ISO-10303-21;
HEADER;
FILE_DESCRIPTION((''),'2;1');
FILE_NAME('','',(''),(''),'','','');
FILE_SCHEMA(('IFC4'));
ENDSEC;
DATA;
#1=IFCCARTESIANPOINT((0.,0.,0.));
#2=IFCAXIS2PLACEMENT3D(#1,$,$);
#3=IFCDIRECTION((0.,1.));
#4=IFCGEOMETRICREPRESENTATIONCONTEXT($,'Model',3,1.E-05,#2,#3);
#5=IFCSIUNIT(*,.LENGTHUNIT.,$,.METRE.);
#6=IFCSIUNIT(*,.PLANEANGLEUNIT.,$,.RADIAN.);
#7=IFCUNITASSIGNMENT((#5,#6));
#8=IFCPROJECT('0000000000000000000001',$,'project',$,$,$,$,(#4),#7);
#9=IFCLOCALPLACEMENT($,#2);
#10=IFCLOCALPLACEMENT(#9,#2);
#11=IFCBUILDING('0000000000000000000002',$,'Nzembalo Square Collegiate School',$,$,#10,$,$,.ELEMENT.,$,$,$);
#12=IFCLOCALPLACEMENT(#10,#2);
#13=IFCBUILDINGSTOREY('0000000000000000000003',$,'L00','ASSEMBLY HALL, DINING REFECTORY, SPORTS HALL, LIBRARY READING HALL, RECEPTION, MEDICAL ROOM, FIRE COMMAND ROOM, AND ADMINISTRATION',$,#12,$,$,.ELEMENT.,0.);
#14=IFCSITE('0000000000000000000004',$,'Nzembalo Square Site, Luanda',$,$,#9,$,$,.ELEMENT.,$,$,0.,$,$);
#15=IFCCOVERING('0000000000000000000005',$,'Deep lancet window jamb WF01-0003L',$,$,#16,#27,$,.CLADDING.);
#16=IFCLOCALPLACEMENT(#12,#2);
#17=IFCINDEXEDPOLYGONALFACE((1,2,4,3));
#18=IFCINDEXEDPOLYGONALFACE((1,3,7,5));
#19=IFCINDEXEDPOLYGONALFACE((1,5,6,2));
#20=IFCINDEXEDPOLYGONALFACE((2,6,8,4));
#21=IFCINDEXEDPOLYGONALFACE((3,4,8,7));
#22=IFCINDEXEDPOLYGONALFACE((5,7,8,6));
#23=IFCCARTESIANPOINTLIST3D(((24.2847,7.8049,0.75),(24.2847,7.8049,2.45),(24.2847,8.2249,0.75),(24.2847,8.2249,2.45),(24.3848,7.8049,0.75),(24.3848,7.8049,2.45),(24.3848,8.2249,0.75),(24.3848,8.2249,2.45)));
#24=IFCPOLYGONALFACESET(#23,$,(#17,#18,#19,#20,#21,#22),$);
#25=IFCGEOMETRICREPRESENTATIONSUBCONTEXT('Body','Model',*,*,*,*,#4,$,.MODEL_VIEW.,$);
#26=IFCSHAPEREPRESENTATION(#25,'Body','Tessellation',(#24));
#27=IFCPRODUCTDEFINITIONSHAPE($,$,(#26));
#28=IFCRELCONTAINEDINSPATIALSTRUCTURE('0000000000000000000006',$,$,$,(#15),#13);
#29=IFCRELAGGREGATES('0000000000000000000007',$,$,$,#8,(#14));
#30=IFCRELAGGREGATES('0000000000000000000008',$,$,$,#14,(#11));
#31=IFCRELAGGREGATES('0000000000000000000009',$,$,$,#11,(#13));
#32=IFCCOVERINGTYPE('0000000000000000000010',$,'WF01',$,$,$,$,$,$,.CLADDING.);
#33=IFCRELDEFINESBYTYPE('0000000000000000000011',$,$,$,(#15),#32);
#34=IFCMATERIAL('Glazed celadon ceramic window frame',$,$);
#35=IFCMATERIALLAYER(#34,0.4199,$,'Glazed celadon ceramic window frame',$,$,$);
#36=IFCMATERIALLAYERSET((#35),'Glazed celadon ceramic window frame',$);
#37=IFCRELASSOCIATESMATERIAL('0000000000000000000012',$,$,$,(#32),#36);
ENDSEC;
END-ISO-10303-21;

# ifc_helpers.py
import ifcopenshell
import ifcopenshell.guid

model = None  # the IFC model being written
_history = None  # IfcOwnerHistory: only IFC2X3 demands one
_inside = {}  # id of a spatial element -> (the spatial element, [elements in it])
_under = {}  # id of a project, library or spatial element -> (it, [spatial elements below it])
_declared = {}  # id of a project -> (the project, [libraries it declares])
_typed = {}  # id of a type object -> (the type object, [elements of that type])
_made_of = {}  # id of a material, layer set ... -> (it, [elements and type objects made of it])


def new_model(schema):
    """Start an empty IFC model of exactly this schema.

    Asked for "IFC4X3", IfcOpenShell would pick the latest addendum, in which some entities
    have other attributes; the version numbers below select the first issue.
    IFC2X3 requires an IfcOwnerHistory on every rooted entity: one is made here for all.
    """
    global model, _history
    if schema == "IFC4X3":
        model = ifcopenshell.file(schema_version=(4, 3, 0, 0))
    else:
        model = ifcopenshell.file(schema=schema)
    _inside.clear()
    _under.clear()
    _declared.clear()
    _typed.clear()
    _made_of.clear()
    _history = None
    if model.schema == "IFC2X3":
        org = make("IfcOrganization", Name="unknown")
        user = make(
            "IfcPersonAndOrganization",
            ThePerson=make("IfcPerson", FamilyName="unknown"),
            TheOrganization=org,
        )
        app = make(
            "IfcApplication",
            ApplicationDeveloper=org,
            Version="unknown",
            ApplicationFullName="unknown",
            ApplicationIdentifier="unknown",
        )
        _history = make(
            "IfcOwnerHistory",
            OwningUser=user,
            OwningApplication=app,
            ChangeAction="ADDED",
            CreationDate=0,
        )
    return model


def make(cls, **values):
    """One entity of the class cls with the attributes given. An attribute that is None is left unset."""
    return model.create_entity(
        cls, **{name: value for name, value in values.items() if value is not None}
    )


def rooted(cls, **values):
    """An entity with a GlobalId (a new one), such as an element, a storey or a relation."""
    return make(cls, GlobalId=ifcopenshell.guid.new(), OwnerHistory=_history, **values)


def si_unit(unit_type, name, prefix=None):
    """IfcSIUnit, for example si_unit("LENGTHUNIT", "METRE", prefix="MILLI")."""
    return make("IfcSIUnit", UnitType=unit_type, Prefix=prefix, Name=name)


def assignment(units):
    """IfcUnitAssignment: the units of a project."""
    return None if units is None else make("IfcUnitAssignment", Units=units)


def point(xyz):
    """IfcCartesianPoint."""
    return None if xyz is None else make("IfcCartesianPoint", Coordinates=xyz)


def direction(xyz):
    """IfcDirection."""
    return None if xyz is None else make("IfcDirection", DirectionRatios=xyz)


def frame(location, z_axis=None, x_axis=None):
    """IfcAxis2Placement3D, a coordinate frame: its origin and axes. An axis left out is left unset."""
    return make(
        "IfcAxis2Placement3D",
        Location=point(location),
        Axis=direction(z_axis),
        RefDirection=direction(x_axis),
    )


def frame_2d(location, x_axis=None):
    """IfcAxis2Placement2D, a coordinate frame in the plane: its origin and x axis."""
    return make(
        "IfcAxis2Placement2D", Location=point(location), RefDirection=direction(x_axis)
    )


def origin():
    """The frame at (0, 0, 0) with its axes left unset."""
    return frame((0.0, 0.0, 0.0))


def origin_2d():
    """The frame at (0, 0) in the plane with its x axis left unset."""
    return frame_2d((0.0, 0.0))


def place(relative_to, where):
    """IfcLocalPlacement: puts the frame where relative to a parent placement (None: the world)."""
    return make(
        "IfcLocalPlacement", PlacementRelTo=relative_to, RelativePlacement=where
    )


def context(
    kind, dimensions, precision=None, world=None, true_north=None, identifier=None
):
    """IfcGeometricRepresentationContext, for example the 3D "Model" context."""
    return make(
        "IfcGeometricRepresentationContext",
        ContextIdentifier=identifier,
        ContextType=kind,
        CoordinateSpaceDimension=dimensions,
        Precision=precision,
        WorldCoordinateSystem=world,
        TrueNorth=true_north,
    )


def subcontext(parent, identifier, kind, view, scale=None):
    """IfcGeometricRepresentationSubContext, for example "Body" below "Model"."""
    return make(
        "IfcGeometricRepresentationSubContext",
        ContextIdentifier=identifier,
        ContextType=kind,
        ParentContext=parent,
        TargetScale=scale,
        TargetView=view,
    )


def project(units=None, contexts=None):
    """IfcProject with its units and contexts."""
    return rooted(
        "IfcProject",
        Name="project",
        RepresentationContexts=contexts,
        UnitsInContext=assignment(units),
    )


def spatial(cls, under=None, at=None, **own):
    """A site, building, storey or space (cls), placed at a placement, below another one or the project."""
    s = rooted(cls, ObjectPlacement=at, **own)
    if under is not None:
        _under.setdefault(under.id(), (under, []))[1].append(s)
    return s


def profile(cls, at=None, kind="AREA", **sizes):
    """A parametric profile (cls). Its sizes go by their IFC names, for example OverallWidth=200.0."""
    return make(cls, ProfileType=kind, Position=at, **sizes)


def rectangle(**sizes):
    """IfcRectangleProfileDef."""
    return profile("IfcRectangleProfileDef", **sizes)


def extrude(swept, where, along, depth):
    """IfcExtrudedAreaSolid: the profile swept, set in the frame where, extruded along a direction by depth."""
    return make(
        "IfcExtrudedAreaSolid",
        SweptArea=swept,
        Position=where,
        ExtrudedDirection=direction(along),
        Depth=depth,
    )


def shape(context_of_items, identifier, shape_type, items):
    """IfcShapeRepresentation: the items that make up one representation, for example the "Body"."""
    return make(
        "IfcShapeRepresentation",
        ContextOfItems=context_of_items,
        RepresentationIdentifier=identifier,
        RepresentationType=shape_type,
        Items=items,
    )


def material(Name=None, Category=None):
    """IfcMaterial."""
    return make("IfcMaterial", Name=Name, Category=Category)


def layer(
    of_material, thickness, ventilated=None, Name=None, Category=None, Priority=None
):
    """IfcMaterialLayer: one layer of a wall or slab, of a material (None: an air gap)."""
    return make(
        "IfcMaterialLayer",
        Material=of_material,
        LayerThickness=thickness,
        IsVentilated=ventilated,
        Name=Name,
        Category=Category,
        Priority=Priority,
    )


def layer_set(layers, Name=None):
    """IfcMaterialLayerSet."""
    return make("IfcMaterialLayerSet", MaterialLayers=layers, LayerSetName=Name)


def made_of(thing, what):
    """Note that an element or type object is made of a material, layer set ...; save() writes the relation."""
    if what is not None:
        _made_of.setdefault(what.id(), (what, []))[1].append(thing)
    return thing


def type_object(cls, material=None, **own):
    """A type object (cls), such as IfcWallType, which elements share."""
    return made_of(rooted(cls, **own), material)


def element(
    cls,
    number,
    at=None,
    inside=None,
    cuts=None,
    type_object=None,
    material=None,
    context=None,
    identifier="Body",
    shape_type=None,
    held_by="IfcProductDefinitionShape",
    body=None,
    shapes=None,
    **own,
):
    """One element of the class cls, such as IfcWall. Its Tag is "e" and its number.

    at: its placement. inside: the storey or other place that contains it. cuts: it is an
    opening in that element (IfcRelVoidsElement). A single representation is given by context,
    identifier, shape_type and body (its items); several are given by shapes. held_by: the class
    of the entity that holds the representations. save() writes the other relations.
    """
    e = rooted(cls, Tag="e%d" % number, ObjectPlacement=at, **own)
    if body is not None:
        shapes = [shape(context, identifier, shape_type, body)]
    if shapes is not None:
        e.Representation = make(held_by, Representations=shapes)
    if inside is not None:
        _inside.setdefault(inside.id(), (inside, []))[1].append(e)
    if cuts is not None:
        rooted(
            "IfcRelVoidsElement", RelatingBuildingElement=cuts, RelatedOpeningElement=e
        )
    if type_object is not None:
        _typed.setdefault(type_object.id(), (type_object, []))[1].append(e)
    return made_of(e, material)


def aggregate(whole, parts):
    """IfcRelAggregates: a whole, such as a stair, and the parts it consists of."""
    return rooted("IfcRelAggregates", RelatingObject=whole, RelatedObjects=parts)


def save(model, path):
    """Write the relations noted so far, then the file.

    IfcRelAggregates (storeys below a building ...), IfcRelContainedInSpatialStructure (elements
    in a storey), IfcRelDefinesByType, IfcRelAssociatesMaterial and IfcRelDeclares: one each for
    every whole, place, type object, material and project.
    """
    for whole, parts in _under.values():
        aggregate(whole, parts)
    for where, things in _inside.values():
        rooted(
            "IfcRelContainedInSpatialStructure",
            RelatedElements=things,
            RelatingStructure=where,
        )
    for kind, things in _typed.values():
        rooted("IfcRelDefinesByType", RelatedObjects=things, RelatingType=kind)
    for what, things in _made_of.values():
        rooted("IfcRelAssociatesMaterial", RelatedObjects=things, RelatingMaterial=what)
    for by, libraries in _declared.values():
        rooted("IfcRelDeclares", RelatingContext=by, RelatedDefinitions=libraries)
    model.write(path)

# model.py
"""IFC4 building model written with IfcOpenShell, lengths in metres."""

from ifc_helpers import new_model, si_unit, direction, frame, origin, origin_2d, place, context, subcontext, project, spatial, rectangle, extrude, material, layer, layer_set, type_object, element, save


model = new_model("IFC4")

# Units and contexts
model_context = context("Model", 3, precision=1e-05, world=origin(), true_north=direction((0.0, 1.0)))
body_context = subcontext(model_context, "Body", "Model", "MODEL_VIEW")
ifc_project = project(units=[si_unit("LENGTHUNIT", "METRE"), si_unit("PLANEANGLEUNIT", "RADIAN")], contexts=[model_context])

# Site, building, storey
site_placement = place(None, origin())
site = spatial("IfcSite", under=ifc_project, at=site_placement, Name="Nzembalo Square Site, Luanda", CompositionType="ELEMENT", RefElevation=0.0)
building_placement = place(site_placement, origin())
building = spatial("IfcBuilding", under=site, at=building_placement, Name="Nzembalo Square Collegiate School", CompositionType="ELEMENT")
storey_placement = place(building_placement, origin())
storey = spatial("IfcBuildingStorey", under=building, at=storey_placement, Name="L00", Description="ASSEMBLY HALL, DINING REFECTORY, SPORTS HALL, LIBRARY READING HALL, RECEPTION, MEDICAL ROOM, FIRE COMMAND ROOM, AND ADMINISTRATION", CompositionType="ELEMENT", Elevation=0.0)

# Covering
ifc_material_1 = material(Name="Glazed celadon ceramic window frame")
ifc_layer_1 = layer(ifc_material_1, 0.4199, Name="Glazed celadon ceramic window frame")
ifc_layer_set_1 = layer_set([ifc_layer_1], Name="Glazed celadon ceramic window frame")
covering_type_1 = type_object("IfcCoveringType", Name="WF01", PredefinedType="CLADDING", material=ifc_layer_set_1)
covering_1_placement = place(storey_placement, frame((24.3347, 8.0149, 0.75), z_axis=(0.0, 0.0, 1.0), x_axis=(1.0, 0.0, 0.0)))
element("IfcCovering", 1, at=covering_1_placement, inside=storey, type_object=covering_type_1, Name="Deep lancet window jamb WF01-0003L", PredefinedType="CLADDING", context=body_context, shape_type="SweptSolid", body=[
    extrude(rectangle(XDim=0.1001, YDim=0.4199, at=origin_2d()), origin(), (0.0, 0.0, 1.0), 1.7),
])

save(model, "model.ifc")
